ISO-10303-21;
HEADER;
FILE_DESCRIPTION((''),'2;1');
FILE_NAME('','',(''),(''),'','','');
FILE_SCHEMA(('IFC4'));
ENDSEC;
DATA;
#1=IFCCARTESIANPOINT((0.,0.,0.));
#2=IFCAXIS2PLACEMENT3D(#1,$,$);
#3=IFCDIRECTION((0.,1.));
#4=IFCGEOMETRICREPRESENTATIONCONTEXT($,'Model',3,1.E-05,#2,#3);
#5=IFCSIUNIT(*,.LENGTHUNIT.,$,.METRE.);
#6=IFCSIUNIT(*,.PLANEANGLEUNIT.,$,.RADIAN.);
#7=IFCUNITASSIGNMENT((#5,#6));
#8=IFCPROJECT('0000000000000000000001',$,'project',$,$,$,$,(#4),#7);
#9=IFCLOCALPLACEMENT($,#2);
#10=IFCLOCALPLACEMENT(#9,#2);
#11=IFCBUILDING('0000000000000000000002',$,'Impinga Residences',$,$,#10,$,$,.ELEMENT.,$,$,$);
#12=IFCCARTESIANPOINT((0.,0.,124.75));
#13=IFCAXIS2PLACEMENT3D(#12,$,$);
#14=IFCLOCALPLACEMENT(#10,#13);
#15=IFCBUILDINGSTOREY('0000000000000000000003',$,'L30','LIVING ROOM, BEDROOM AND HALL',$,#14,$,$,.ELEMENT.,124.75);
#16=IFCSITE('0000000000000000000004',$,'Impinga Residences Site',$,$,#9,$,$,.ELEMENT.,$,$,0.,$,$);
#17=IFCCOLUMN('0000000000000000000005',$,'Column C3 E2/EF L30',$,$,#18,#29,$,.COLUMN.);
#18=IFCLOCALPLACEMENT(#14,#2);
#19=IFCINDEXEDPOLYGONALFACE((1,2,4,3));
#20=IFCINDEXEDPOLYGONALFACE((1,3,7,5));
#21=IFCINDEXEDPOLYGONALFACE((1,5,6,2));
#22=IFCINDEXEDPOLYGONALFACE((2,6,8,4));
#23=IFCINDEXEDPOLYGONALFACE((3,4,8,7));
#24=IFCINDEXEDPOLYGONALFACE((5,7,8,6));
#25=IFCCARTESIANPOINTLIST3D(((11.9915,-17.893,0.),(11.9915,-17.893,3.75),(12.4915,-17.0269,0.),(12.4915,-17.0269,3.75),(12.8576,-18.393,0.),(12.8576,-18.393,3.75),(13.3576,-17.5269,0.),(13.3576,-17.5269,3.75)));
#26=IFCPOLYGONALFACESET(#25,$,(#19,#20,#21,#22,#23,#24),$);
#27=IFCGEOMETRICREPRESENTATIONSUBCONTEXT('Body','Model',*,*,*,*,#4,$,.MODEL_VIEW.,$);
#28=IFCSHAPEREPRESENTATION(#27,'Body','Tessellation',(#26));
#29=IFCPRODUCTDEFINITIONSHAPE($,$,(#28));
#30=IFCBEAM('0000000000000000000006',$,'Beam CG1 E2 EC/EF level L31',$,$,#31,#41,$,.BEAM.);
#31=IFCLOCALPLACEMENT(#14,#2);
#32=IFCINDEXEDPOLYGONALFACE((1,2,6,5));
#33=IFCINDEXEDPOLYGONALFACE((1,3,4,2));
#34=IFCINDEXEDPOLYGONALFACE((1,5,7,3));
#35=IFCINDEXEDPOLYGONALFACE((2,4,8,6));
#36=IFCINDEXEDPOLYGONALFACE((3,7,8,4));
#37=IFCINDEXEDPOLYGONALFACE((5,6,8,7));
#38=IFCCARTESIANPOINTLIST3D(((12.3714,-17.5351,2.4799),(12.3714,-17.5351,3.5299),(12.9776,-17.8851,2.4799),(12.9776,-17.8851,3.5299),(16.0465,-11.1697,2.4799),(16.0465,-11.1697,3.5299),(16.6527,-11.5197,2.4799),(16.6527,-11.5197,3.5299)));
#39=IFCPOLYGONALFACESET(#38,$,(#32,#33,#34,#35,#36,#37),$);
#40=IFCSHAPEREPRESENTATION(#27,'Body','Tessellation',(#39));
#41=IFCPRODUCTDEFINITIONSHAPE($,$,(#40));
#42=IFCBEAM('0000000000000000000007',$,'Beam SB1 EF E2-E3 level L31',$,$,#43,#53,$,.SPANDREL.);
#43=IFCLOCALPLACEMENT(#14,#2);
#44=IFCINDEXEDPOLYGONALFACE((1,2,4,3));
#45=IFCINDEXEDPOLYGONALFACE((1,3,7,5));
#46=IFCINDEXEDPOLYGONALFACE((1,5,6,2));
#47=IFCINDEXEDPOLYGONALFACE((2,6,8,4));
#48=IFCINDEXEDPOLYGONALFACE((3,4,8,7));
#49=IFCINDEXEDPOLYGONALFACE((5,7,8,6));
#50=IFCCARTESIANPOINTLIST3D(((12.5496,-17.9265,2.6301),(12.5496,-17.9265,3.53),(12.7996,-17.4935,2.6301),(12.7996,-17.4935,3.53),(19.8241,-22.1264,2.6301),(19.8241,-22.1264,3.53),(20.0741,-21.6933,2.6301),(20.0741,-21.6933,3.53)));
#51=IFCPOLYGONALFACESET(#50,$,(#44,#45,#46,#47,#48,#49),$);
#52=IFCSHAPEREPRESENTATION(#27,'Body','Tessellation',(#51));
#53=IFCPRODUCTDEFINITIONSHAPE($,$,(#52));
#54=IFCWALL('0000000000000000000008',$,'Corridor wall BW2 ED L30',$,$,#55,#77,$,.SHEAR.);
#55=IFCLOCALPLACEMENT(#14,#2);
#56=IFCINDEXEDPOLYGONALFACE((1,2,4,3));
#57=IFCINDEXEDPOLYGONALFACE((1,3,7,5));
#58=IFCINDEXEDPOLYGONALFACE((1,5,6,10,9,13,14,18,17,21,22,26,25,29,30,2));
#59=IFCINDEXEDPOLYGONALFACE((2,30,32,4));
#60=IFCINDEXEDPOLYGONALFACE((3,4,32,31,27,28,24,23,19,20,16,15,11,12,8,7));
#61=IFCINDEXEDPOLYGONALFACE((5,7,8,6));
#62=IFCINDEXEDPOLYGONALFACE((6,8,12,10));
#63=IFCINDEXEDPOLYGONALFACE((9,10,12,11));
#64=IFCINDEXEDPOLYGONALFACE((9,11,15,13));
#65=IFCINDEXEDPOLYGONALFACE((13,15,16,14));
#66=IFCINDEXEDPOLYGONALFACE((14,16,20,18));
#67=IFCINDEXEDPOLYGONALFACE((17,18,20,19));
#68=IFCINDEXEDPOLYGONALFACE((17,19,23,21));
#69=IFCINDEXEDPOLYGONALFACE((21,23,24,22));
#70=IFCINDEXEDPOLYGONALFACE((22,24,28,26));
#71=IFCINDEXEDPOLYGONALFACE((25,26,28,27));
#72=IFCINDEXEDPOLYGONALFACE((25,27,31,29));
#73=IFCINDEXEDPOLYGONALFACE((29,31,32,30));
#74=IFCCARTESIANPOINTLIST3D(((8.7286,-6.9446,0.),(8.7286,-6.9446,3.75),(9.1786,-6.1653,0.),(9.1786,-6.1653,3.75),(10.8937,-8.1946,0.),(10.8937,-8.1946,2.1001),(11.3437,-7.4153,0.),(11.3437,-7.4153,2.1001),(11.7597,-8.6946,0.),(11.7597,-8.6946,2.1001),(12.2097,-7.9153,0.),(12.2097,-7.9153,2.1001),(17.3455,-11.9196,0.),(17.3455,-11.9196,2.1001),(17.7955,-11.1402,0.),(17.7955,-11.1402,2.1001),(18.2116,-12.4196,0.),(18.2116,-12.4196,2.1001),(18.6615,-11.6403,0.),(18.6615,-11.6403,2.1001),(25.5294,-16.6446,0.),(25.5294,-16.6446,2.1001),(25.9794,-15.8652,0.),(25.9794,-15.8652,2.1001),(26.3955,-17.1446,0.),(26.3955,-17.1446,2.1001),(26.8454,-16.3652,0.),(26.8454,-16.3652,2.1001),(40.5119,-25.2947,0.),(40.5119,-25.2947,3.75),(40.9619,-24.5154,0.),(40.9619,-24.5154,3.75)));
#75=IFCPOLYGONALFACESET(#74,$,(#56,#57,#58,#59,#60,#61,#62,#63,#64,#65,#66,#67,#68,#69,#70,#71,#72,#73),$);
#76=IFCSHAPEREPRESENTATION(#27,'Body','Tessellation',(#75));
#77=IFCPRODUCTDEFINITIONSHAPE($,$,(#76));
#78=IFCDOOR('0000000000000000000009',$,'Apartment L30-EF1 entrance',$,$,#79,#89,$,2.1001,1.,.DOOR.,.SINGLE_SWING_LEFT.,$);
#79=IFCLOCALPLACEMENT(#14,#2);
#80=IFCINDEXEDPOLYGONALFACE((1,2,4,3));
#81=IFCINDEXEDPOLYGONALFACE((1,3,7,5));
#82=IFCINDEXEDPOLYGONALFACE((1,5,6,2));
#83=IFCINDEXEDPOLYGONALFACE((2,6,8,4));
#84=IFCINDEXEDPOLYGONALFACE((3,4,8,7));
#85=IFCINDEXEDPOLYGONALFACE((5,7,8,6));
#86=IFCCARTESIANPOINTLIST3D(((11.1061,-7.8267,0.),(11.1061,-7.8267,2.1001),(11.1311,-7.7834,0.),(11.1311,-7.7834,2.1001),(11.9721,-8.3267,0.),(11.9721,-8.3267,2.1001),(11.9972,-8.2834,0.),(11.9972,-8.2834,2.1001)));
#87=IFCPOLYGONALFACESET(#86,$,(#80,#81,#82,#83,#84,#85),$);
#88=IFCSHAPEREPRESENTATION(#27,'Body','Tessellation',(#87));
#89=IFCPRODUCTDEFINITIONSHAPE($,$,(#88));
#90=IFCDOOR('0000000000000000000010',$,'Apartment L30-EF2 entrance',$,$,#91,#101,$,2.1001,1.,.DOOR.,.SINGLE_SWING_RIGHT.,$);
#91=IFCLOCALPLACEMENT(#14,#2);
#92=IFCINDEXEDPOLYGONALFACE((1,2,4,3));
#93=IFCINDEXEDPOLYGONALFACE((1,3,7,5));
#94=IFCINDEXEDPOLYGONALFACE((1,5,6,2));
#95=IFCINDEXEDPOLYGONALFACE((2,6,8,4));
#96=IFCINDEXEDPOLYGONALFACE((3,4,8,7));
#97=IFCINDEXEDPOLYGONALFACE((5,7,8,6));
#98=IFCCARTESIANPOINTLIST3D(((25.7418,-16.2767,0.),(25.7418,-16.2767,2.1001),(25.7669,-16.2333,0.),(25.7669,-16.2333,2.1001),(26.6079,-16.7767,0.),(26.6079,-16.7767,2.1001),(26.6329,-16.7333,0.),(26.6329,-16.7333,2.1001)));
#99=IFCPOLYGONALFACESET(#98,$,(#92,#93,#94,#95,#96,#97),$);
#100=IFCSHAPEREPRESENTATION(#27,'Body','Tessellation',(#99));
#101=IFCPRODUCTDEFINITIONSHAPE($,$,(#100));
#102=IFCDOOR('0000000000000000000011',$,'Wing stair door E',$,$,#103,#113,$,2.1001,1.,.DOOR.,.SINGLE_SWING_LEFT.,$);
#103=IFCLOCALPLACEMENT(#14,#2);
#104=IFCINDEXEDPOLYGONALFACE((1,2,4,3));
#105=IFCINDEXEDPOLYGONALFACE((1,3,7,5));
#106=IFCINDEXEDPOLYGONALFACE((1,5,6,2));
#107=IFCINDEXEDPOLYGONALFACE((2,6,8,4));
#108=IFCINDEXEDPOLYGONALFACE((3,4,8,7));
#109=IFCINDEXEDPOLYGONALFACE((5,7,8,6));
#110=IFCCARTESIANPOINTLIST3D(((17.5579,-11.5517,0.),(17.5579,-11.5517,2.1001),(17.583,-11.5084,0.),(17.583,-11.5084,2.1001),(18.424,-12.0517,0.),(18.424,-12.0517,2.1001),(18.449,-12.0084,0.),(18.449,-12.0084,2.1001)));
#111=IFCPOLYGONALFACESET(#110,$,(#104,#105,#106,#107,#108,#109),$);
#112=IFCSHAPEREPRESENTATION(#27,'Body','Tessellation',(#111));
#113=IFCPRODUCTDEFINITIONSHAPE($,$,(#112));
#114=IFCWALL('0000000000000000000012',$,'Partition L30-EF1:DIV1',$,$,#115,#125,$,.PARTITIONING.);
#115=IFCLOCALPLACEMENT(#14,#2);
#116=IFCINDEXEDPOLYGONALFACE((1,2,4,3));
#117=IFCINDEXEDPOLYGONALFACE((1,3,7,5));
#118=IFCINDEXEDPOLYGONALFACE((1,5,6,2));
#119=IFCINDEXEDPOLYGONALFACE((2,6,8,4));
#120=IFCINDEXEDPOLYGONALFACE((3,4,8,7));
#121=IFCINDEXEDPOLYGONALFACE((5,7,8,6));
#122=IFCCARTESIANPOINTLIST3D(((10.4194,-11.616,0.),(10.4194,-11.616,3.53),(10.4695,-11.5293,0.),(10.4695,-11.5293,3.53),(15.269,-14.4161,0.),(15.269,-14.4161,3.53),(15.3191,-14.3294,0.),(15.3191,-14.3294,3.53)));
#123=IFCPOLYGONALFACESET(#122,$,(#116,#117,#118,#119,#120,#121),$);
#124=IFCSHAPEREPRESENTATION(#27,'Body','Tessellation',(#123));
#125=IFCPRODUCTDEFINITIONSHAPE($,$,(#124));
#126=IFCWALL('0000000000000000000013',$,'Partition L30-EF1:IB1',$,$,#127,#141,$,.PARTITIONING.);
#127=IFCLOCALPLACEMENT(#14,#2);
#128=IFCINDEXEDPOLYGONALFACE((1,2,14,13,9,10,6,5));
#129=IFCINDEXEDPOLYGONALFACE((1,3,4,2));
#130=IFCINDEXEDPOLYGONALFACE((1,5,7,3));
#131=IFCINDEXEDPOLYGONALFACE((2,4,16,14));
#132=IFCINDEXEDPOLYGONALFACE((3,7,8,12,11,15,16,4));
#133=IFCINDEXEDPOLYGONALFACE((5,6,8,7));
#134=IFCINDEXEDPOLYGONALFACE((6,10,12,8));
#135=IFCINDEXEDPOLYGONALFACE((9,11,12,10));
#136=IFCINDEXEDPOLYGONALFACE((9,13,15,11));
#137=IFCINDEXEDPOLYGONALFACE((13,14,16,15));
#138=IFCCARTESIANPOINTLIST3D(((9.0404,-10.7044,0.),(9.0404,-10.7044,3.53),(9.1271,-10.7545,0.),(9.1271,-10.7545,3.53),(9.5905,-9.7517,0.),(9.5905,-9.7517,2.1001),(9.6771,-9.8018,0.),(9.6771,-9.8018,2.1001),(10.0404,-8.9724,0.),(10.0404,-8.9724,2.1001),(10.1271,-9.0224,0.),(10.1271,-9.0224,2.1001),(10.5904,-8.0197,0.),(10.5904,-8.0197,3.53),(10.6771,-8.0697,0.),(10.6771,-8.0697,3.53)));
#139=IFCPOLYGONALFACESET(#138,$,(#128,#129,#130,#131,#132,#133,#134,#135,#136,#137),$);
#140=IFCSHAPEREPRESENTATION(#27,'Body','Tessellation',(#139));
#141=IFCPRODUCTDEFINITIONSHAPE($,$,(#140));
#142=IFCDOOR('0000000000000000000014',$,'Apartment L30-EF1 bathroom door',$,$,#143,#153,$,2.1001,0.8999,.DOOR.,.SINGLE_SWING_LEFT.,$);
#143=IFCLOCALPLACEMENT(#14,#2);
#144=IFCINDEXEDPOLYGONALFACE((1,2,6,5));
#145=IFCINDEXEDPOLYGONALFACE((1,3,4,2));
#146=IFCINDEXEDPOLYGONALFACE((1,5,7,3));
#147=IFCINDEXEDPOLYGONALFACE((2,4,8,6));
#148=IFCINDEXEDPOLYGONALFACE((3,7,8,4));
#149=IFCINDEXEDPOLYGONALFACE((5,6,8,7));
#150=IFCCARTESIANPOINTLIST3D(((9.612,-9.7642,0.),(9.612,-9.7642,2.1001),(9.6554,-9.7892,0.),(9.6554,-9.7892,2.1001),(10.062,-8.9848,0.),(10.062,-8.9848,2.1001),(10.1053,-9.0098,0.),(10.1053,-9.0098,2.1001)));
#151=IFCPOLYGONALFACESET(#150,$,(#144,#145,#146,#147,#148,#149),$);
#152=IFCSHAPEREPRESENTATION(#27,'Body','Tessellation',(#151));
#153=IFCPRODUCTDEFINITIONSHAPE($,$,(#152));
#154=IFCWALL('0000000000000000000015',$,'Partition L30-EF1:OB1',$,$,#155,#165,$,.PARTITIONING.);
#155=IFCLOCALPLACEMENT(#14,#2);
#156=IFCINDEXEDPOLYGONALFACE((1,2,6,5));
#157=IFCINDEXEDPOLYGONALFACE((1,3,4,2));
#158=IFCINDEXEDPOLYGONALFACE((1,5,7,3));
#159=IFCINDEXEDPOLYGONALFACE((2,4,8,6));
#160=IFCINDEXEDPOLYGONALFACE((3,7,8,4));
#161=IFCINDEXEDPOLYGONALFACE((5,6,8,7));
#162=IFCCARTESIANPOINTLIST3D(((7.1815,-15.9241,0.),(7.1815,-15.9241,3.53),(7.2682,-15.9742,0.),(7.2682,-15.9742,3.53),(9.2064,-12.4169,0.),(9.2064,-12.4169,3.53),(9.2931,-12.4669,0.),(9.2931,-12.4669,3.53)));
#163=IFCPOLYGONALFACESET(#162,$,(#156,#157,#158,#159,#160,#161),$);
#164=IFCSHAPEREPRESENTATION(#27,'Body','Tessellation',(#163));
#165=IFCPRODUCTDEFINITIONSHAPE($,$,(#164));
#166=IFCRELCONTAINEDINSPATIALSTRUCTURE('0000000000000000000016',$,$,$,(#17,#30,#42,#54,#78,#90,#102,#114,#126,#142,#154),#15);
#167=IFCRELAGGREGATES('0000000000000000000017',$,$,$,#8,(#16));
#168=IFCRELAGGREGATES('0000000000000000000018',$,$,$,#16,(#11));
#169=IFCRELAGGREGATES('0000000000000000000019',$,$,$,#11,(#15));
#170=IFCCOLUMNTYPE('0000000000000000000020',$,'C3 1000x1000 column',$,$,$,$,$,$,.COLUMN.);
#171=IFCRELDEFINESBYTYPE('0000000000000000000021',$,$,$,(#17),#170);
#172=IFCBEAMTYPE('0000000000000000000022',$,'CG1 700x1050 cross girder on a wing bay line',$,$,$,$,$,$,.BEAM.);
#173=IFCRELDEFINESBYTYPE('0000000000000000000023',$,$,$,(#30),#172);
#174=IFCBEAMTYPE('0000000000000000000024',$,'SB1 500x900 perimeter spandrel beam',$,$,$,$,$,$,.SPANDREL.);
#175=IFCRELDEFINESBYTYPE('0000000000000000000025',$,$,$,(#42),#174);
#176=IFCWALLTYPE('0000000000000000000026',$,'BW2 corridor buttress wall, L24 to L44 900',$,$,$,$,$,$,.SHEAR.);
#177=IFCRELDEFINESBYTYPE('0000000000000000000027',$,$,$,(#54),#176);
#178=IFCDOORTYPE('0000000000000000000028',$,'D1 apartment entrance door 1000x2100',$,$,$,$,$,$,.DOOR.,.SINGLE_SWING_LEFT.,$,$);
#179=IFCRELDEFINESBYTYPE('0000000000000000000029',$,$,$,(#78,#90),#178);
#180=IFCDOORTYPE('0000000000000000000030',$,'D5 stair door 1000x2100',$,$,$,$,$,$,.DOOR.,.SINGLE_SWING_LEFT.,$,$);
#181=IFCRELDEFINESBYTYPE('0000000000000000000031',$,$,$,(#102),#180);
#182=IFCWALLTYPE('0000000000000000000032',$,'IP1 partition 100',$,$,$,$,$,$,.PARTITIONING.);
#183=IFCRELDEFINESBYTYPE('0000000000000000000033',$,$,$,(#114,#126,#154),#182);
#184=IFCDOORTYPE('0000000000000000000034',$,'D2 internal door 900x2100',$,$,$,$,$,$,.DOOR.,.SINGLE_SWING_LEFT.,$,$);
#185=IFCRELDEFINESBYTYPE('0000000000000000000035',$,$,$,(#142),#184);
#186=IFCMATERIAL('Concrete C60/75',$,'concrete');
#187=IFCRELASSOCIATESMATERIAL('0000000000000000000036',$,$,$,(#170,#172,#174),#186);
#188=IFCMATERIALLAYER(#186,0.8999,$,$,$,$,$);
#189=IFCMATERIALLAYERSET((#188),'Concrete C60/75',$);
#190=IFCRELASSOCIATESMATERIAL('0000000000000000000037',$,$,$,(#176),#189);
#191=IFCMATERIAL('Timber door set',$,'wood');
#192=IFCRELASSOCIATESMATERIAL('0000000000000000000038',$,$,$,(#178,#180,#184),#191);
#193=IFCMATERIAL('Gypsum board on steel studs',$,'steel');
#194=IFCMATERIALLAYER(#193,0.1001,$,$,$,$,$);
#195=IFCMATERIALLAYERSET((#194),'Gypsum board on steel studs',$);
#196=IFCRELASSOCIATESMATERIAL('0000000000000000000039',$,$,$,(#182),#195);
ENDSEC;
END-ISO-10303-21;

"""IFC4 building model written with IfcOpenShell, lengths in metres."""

from ifc_helpers import new_model, si_unit, direction, frame, frame_2d, origin, origin_2d, place, context, subcontext, project, spatial, rectangle, extrude, material, layer, layer_set, material_profile, profile_set, type_object, element, fill, save


model = new_model("IFC4")

# Units and contexts
model_context = context("Model", 3, precision=1e-05, world=origin(), true_north=direction((0.0, 1.0)))
body_context = subcontext(model_context, "Body", "Model", "MODEL_VIEW")
ifc_project = project(units=[si_unit("LENGTHUNIT", "METRE"), si_unit("PLANEANGLEUNIT", "RADIAN")], contexts=[model_context])

# Site, building, storey
site_placement = place(None, origin())
site = spatial("IfcSite", under=ifc_project, at=site_placement, Name="Impinga Residences Site", CompositionType="ELEMENT", RefElevation=0.0)
building_placement = place(site_placement, origin())
building = spatial("IfcBuilding", under=site, at=building_placement, Name="Impinga Residences", CompositionType="ELEMENT")
storey_placement = place(building_placement, frame((0.0, 0.0, 124.75)))
storey = spatial("IfcBuildingStorey", under=building, at=storey_placement, Name="L30", Description="LIVING ROOM, BEDROOM AND HALL", CompositionType="ELEMENT", Elevation=124.75)

# Column
ifc_material_1 = material(Name="Concrete C60/75", Category="concrete")
ifc_material_profile_1 = material_profile(ifc_material_1, rectangle(XDim=1.0, YDim=1.0, at=origin_2d()), Name="RC 1000x1000")
ifc_profile_set_1 = profile_set([ifc_material_profile_1], Name="Concrete C60/75")
column_type = type_object("IfcColumnType", Name="C3 1000x1000 column", PredefinedType="COLUMN", material=ifc_profile_set_1)
column_placement = place(storey_placement, frame((12.6746, -17.71, 0.0), z_axis=(0.0, 0.0, 1.0), x_axis=(-0.5, -0.866025, 0.0)))
element("IfcColumn", 1, at=column_placement, inside=storey, type_object=column_type, Name="Column C3 E2/EF L30", PredefinedType="COLUMN", context=body_context, shape_type="SweptSolid", body=[
    extrude(rectangle(XDim=1.0, YDim=1.0, at=origin_2d()), origin(), (0.0, 0.0, 1.0), 3.75),
])

# Beams
ifc_material_profile_2 = material_profile(ifc_material_1, rectangle(XDim=0.7, YDim=1.05, at=origin_2d()), Name="RC 700x1050")
ifc_profile_set_2 = profile_set([ifc_material_profile_2], Name="Concrete C60/75")
beam_type_1 = type_object("IfcBeamType", Name="CG1 700x1050 cross girder on a wing bay line", PredefinedType="BEAM", material=ifc_profile_set_2)
beam_1_placement = place(storey_placement, frame((16.3496, -11.3447, 3.0049), z_axis=(-0.500008, -0.866021, 0.0), x_axis=(0.866021, -0.500008, 0.0)))
element("IfcBeam", 2, at=beam_1_placement, inside=storey, type_object=beam_type_1, Name="Beam CG1 E2 EC/EF level L31", PredefinedType="BEAM", context=body_context, shape_type="SweptSolid", body=[
    extrude(rectangle(XDim=0.7, YDim=1.05, at=origin_2d()), origin(), (0.0, 0.0, 1.0), 7.3501),
])
ifc_material_profile_3 = material_profile(ifc_material_1, rectangle(XDim=0.5, YDim=0.8999, at=origin_2d()), Name="RC 500x900")
ifc_profile_set_3 = profile_set([ifc_material_profile_3], Name="Concrete C60/75")
beam_type_2 = type_object("IfcBeamType", Name="SB1 500x900 perimeter spandrel beam", PredefinedType="SPANDREL", material=ifc_profile_set_3)
beam_2_placement = place(storey_placement, frame((12.6746, -17.71, 3.0801), z_axis=(0.866029, -0.499993, 0.0), x_axis=(0.499993, 0.866029, 0.0)))
element("IfcBeam", 3, at=beam_2_placement, inside=storey, type_object=beam_type_2, Name="Beam SB1 EF E2-E3 level L31", PredefinedType="SPANDREL", context=body_context, shape_type="SweptSolid", body=[
    extrude(rectangle(XDim=0.5, YDim=0.8999, at=origin_2d()), origin(), (0.0, 0.0, 1.0), 8.3999),
])

# Wall, openings, doors
ifc_layer_1 = layer(ifc_material_1, 0.8999)
ifc_layer_set_1 = layer_set([ifc_layer_1], Name="Concrete C60/75")
wall_type_1 = type_object("IfcWallType", Name="BW2 corridor buttress wall, L24 to L44 900", PredefinedType="SHEAR", material=ifc_layer_set_1)
wall_1_placement = place(storey_placement, frame((8.9536, -6.5549, 0.0), z_axis=(0.0, 0.0, 1.0), x_axis=(0.866025, -0.500001, 0.0)))
wall_1 = element("IfcWall", 4, at=wall_1_placement, inside=storey, type_object=wall_type_1, Name="Corridor wall BW2 ED L30", PredefinedType="SHEAR", context=body_context, shape_type="SweptSolid", body=[
    extrude(rectangle(XDim=36.7002, YDim=0.8999, at=frame_2d((18.3501, 0.0))), origin(), (0.0, 0.0, 1.0), 3.75),
])
opening_1_placement = place(wall_1_placement, frame((9.95, 0.0, 0.0)))
opening_1 = element("IfcOpeningElement", 5, at=opening_1_placement, cuts=wall_1, PredefinedType="OPENING", context=body_context, shape_type="SweptSolid", body=[
    extrude(rectangle(XDim=1.0, YDim=2.1001, at=frame_2d((0.5, 1.05))), frame((0.0, 0.46, 0.0), z_axis=(0.0, -1.0, 0.0), x_axis=(1.0, 0.0, 0.0)), (0.0, 0.0, 1.0), 0.9199),
])
opening_2_placement = place(wall_1_placement, frame((2.5, 0.0, 0.0)))
opening_2 = element("IfcOpeningElement", 6, at=opening_2_placement, cuts=wall_1, PredefinedType="OPENING", context=body_context, shape_type="SweptSolid", body=[
    extrude(rectangle(XDim=1.0, YDim=2.1001, at=frame_2d((0.5, 1.05))), frame((0.0, 0.46, 0.0), z_axis=(0.0, -1.0, 0.0), x_axis=(1.0, 0.0, 0.0)), (0.0, 0.0, 1.0), 0.9199),
])
opening_3_placement = place(wall_1_placement, frame((19.3999, 0.0, 0.0)))
opening_3 = element("IfcOpeningElement", 7, at=opening_3_placement, cuts=wall_1, PredefinedType="OPENING", context=body_context, shape_type="SweptSolid", body=[
    extrude(rectangle(XDim=1.0, YDim=2.1001, at=frame_2d((0.5, 1.05))), frame((0.0, 0.46, 0.0), z_axis=(0.0, -1.0, 0.0), x_axis=(1.0, 0.0, 0.0)), (0.0, 0.0, 1.0), 0.9199),
])
ifc_material_2 = material(Name="Timber door set", Category="wood")
door_type_1 = type_object("IfcDoorType", Name="D1 apartment entrance door 1000x2100", OperationType="SINGLE_SWING_LEFT", PredefinedType="DOOR", material=ifc_material_2)
door_1_placement = place(opening_2_placement, origin())
door_1 = element("IfcDoor", 8, at=door_1_placement, inside=storey, type_object=door_type_1, Name="Apartment L30-EF1 entrance", OperationType="SINGLE_SWING_LEFT", OverallHeight=2.1001, OverallWidth=1.0, PredefinedType="DOOR", context=body_context, shape_type="SweptSolid", body=[
    extrude(rectangle(XDim=1.0, YDim=2.1001, at=frame_2d((0.5, 1.05))), frame((0.0, 0.0249, 0.0), z_axis=(0.0, -1.0, 0.0), x_axis=(1.0, 0.0, 0.0)), (0.0, 0.0, 1.0), 0.05),
])
fill(opening_2, door_1)
door_2_placement = place(opening_3_placement, origin())
door_2 = element("IfcDoor", 9, at=door_2_placement, inside=storey, type_object=door_type_1, Name="Apartment L30-EF2 entrance", OperationType="SINGLE_SWING_RIGHT", OverallHeight=2.1001, OverallWidth=1.0, PredefinedType="DOOR", context=body_context, shape_type="SweptSolid", body=[
    extrude(rectangle(XDim=1.0, YDim=2.1001, at=frame_2d((0.5, 1.05))), frame((0.0, 0.0249, 0.0), z_axis=(0.0, -1.0, 0.0), x_axis=(1.0, 0.0, 0.0)), (0.0, 0.0, 1.0), 0.05),
])
fill(opening_3, door_2)
door_type_2 = type_object("IfcDoorType", Name="D5 stair door 1000x2100", OperationType="SINGLE_SWING_LEFT", PredefinedType="DOOR", material=ifc_material_2)
door_3_placement = place(opening_1_placement, origin())
door_3 = element("IfcDoor", 10, at=door_3_placement, inside=storey, type_object=door_type_2, Name="Wing stair door E", OperationType="SINGLE_SWING_LEFT", OverallHeight=2.1001, OverallWidth=1.0, PredefinedType="DOOR", context=body_context, shape_type="SweptSolid", body=[
    extrude(rectangle(XDim=1.0, YDim=2.1001, at=frame_2d((0.5, 1.05))), frame((0.0, 0.0249, 0.0), z_axis=(0.0, -1.0, 0.0), x_axis=(1.0, 0.0, 0.0)), (0.0, 0.0, 1.0), 0.05),
])
fill(opening_1, door_3)

# Wall
ifc_material_3 = material(Name="Gypsum board on steel studs", Category="steel")
ifc_layer_2 = layer(ifc_material_3, 0.1001)
ifc_layer_set_2 = layer_set([ifc_layer_2], Name="Gypsum board on steel studs")
wall_type_2 = type_object("IfcWallType", Name="IP1 partition 100", PredefinedType="PARTITIONING", material=ifc_layer_set_2)
wall_2_placement = place(storey_placement, frame((10.4446, -11.5728, 0.0), z_axis=(0.0, 0.0, 1.0), x_axis=(0.866016, -0.500017, 0.0)))
element("IfcWall", 11, at=wall_2_placement, inside=storey, type_object=wall_type_2, Name="Partition L30-EF1:DIV1", PredefinedType="PARTITIONING", context=body_context, shape_type="SweptSolid", body=[
    extrude(rectangle(XDim=5.5999, YDim=0.1001, at=frame_2d((2.7998, 0.0))), origin(), (0.0, 0.0, 1.0), 3.53),
])

# Wall, opening, door
wall_3_placement = place(storey_placement, frame((10.6338, -8.0447, 0.0), z_axis=(0.0, 0.0, 1.0), x_axis=(-0.499993, -0.86603, 0.0)))
wall_3 = element("IfcWall", 12, at=wall_3_placement, inside=storey, type_object=wall_type_2, Name="Partition L30-EF1:IB1", PredefinedType="PARTITIONING", context=body_context, shape_type="SweptSolid", body=[
    extrude(rectangle(XDim=3.1001, YDim=0.1001, at=frame_2d((1.55, 0.0))), origin(), (0.0, 0.0, 1.0), 3.53),
])
opening_4_placement = place(wall_3_placement, frame((1.1001, 0.0, 0.0)))
opening_4 = element("IfcOpeningElement", 13, at=opening_4_placement, cuts=wall_3, PredefinedType="OPENING", context=body_context, shape_type="SweptSolid", body=[
    extrude(rectangle(XDim=0.8999, YDim=2.1001, at=frame_2d((0.45, 1.05))), frame((0.0, 0.0601, 0.0), z_axis=(0.0, -1.0, 0.0), x_axis=(1.0, 0.0, 0.0)), (0.0, 0.0, 1.0), 0.1201),
])
door_type_3 = type_object("IfcDoorType", Name="D2 internal door 900x2100", OperationType="SINGLE_SWING_LEFT", PredefinedType="DOOR", material=ifc_material_2)
door_4_placement = place(opening_4_placement, origin())
door_4 = element("IfcDoor", 14, at=door_4_placement, inside=storey, type_object=door_type_3, Name="Apartment L30-EF1 bathroom door", OperationType="SINGLE_SWING_LEFT", OverallHeight=2.1001, OverallWidth=0.8999, PredefinedType="DOOR", context=body_context, shape_type="SweptSolid", body=[
    extrude(rectangle(XDim=0.8999, YDim=2.1001, at=frame_2d((0.45, 1.05))), frame((0.0, 0.0249, 0.0), z_axis=(0.0, -1.0, 0.0), x_axis=(1.0, 0.0, 0.0)), (0.0, 0.0, 1.0), 0.05),
])
fill(opening_4, door_4)

# Wall
wall_4_placement = place(storey_placement, frame((9.2498, -12.4419, 0.0), z_axis=(0.0, 0.0, 1.0), x_axis=(-0.49999, -0.866031, 0.0)))
element("IfcWall", 15, at=wall_4_placement, inside=storey, type_object=wall_type_2, Name="Partition L30-EF1:OB1", PredefinedType="PARTITIONING", context=body_context, shape_type="SweptSolid", body=[
    extrude(rectangle(XDim=4.0498, YDim=0.1001, at=frame_2d((2.0249, 0.0))), origin(), (0.0, 0.0, 1.0), 3.53),
])

save(model, "model.ifc")
